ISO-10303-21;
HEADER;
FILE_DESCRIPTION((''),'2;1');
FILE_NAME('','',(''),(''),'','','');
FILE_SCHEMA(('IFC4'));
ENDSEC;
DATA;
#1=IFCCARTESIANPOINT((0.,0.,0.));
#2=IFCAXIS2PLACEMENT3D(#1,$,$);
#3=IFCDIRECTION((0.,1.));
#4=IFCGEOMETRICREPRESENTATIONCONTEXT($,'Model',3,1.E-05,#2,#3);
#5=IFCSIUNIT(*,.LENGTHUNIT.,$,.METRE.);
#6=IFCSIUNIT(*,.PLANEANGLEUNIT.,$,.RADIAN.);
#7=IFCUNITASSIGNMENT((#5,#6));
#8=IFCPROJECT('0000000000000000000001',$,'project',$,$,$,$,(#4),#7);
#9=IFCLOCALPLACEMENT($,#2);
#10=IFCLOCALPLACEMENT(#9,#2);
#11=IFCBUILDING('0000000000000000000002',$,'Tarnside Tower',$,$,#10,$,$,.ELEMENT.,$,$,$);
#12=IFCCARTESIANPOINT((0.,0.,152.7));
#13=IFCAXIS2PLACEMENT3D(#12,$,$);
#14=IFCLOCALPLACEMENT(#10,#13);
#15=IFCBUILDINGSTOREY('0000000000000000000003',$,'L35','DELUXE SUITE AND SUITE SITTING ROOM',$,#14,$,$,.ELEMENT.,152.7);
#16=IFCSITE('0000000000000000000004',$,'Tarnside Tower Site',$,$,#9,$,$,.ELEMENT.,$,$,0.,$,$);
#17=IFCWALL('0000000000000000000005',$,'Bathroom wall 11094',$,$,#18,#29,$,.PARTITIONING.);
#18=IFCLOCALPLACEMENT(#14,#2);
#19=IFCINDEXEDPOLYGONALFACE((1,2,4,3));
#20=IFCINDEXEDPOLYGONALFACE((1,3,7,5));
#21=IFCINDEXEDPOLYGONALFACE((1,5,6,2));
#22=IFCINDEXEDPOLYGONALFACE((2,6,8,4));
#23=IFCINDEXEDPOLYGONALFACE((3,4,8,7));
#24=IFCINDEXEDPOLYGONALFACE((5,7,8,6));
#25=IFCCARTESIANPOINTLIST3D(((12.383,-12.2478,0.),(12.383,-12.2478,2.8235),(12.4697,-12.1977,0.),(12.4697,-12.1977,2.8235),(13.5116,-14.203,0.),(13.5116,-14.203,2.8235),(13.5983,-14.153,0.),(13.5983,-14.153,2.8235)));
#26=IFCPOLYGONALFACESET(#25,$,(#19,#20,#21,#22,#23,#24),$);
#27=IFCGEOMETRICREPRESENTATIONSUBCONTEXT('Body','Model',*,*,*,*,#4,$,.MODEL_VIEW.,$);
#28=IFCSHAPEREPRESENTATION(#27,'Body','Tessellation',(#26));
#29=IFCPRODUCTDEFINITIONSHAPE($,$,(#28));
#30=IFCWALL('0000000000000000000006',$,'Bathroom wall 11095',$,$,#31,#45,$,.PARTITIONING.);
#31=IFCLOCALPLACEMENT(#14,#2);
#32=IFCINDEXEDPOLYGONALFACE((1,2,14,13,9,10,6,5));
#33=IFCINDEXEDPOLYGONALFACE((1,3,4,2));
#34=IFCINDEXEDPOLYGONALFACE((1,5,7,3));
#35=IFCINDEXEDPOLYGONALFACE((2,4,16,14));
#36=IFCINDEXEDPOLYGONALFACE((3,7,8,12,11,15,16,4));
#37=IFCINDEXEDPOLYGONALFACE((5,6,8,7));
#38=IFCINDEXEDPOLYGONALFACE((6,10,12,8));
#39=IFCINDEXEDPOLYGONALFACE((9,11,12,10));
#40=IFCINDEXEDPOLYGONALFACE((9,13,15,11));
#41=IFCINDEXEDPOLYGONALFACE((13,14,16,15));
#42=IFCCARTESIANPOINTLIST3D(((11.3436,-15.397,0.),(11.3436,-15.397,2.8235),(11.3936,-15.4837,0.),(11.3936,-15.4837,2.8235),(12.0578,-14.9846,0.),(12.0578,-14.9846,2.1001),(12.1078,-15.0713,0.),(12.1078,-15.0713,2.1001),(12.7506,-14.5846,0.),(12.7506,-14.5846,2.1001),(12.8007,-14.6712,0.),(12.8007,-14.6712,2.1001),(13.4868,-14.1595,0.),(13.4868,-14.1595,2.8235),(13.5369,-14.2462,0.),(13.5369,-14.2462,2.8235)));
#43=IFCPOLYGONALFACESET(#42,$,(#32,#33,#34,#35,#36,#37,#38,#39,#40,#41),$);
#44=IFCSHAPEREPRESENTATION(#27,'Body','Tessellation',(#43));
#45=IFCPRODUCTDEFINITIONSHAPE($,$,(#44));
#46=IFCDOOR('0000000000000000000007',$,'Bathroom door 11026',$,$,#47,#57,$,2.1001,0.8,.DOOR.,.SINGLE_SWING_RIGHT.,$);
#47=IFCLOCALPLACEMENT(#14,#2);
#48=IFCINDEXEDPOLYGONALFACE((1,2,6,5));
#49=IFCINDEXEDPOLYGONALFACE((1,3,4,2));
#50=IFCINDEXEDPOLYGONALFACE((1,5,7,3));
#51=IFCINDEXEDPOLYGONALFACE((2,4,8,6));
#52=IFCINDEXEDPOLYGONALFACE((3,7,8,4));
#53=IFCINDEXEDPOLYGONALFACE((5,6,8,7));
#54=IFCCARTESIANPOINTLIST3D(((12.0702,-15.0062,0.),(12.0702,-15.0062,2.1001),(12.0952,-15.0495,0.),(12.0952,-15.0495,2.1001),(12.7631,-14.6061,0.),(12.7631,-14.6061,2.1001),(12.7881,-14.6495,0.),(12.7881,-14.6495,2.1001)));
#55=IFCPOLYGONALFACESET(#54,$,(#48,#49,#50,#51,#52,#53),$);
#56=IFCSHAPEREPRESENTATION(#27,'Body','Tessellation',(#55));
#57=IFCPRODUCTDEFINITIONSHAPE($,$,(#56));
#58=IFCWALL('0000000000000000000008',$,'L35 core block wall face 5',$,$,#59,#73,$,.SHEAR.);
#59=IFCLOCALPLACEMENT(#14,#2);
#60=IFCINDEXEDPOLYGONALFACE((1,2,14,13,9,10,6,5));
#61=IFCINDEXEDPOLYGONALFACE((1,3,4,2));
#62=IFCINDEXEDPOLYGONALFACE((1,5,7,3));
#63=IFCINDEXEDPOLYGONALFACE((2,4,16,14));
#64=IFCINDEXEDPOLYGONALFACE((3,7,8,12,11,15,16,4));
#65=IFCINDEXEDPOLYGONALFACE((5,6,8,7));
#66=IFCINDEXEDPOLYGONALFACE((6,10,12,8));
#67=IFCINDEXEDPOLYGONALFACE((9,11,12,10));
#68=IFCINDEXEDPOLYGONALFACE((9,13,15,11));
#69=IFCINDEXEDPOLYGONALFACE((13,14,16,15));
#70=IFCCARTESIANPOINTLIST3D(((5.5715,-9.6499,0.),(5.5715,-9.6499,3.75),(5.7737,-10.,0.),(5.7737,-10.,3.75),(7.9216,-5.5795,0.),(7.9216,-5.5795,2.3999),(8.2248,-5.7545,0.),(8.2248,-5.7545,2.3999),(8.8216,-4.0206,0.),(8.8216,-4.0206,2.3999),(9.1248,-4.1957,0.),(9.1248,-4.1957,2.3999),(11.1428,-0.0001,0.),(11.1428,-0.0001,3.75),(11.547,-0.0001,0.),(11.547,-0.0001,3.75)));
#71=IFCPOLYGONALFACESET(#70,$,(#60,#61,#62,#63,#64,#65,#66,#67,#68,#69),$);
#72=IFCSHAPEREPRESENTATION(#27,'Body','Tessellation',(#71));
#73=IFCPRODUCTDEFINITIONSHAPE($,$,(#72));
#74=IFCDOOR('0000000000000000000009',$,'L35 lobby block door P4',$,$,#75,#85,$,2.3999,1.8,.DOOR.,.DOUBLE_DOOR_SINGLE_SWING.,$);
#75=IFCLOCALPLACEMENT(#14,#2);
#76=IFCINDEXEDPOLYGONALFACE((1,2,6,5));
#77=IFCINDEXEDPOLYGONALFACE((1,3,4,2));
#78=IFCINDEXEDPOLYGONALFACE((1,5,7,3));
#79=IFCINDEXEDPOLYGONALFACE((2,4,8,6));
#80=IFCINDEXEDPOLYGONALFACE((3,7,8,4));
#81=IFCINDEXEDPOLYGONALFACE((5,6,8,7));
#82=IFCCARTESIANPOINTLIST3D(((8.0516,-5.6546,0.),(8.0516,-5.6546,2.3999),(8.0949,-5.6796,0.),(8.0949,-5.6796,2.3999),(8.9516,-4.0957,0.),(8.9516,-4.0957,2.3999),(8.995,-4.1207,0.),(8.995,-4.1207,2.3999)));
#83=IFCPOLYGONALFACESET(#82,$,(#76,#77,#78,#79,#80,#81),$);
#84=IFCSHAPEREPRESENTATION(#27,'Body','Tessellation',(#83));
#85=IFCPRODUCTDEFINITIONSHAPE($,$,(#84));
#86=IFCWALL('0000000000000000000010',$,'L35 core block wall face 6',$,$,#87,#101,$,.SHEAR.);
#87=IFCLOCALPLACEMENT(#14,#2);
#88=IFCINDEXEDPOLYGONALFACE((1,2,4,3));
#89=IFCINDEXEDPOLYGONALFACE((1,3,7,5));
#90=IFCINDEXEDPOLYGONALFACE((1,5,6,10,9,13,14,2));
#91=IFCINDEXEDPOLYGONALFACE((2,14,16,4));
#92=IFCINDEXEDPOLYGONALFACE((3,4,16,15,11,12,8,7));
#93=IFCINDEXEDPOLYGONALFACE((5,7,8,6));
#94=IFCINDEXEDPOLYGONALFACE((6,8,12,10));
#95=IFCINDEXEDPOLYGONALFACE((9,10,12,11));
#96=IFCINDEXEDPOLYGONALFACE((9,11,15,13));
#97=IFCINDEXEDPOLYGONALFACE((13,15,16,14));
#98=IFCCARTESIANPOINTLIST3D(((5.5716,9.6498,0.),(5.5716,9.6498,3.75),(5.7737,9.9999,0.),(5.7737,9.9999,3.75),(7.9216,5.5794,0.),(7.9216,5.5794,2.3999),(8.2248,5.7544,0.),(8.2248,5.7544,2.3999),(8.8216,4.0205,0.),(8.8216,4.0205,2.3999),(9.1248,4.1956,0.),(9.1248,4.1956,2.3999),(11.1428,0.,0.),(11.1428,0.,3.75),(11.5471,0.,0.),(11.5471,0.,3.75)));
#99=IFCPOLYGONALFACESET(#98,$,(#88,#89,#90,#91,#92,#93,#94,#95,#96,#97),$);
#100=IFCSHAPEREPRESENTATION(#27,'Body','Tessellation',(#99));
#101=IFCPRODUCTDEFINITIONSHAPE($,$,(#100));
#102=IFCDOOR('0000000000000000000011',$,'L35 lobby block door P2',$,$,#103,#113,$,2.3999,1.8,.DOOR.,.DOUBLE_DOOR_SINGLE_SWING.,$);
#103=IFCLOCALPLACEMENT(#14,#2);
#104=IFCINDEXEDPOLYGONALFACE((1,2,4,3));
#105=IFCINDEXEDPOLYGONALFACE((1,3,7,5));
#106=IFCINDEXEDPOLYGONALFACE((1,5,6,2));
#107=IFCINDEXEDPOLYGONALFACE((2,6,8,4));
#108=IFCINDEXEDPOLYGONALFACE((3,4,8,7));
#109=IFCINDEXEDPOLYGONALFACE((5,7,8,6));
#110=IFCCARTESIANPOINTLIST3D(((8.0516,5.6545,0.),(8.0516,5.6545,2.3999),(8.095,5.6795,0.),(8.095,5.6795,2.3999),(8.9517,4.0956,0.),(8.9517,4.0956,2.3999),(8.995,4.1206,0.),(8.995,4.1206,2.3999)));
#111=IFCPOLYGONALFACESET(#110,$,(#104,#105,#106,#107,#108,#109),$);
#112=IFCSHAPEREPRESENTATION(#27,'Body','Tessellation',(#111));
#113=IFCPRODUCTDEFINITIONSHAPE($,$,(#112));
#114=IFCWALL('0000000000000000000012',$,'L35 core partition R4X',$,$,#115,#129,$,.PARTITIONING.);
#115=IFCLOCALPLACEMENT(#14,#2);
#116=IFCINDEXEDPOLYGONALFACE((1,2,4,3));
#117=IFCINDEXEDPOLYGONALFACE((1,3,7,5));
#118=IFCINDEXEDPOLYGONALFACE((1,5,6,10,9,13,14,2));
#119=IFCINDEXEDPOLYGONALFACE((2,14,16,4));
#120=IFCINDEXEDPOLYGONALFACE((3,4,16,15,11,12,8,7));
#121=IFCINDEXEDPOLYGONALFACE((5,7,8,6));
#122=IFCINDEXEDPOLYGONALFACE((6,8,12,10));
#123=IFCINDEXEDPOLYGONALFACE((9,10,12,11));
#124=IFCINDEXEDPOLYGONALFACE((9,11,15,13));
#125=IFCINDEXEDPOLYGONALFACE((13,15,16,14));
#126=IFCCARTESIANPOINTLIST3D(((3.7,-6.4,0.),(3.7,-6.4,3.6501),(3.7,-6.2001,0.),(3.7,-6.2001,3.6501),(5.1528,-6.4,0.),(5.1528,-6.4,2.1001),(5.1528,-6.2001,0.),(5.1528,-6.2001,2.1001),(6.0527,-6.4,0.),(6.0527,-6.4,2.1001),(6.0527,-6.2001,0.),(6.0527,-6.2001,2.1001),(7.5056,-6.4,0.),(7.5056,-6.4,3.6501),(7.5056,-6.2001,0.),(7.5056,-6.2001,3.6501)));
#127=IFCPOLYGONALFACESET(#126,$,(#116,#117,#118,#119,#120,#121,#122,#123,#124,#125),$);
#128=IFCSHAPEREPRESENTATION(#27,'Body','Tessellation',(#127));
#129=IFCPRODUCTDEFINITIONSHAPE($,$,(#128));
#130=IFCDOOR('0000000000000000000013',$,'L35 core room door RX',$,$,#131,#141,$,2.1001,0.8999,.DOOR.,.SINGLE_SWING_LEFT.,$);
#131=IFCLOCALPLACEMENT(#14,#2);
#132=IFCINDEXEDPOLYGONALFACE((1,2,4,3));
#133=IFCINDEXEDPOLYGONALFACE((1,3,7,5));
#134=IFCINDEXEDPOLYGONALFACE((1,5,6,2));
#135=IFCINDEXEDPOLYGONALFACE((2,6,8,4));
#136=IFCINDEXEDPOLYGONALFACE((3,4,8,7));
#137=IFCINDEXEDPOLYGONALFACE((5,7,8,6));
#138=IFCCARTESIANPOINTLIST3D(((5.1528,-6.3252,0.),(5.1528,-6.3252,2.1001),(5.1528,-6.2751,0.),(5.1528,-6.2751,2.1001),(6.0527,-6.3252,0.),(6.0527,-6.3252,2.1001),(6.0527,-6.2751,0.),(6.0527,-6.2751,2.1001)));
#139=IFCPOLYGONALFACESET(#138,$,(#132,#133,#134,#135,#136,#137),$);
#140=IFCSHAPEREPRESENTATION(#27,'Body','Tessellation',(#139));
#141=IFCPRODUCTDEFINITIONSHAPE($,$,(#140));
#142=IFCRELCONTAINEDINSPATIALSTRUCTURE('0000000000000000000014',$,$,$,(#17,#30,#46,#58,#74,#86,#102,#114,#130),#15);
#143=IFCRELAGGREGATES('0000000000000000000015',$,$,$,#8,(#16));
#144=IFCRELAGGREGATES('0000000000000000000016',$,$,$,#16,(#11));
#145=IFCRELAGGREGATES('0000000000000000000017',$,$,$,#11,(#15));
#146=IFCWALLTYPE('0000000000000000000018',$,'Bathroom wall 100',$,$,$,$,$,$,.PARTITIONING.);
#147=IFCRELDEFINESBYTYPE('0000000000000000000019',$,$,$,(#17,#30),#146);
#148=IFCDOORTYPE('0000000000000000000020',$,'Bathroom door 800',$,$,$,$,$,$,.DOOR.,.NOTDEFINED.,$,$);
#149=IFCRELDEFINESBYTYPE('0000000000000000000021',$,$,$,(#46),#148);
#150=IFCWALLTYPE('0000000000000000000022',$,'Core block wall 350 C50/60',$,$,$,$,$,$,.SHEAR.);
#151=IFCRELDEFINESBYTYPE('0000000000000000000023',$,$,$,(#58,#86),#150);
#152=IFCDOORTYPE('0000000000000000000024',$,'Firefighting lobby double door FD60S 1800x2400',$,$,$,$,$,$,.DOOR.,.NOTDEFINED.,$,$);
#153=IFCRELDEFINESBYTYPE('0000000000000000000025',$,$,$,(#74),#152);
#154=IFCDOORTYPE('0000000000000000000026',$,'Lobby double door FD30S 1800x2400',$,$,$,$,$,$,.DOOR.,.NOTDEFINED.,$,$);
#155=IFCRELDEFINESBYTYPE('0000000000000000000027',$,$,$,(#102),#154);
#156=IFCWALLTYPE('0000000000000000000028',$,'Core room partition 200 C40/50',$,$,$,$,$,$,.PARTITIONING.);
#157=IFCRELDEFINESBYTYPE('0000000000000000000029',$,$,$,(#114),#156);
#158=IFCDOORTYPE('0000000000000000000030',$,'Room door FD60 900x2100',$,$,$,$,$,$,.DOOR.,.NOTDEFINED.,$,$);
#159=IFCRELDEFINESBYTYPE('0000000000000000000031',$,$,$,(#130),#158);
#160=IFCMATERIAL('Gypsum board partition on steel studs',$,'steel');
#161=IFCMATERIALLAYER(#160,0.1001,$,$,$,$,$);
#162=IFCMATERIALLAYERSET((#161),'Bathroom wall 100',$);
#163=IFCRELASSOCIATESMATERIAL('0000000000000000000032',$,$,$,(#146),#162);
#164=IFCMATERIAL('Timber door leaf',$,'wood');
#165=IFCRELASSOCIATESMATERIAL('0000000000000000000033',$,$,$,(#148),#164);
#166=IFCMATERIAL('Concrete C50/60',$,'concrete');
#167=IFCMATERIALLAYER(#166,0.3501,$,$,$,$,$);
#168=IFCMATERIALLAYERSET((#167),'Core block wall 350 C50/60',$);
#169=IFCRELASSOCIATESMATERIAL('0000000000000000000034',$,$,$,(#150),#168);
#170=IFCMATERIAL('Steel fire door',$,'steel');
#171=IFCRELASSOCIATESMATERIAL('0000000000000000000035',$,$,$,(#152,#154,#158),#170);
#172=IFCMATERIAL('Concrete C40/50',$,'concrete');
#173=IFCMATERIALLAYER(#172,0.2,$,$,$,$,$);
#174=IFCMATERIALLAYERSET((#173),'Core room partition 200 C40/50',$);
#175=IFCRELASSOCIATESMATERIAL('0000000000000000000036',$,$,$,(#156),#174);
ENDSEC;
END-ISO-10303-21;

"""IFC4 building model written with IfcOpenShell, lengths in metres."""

from ifc_helpers import new_model, si_unit, direction, frame, frame_2d, origin, place, context, subcontext, project, spatial, polyline, rectangle, outline, extrude, material, layer, layer_set, type_object, element, fill, save


model = new_model("IFC4")

# Units and contexts
model_context = context("Model", 3, precision=1e-05, world=origin(), true_north=direction((0.0, 1.0)))
body_context = subcontext(model_context, "Body", "Model", "MODEL_VIEW")
ifc_project = project(units=[si_unit("LENGTHUNIT", "METRE"), si_unit("PLANEANGLEUNIT", "RADIAN")], contexts=[model_context])

# Site, building, storey
site_placement = place(None, origin())
site = spatial("IfcSite", under=ifc_project, at=site_placement, Name="Tarnside Tower Site", CompositionType="ELEMENT", RefElevation=0.0)
building_placement = place(site_placement, origin())
building = spatial("IfcBuilding", under=site, at=building_placement, Name="Tarnside Tower", CompositionType="ELEMENT")
storey_placement = place(building_placement, frame((0.0, 0.0, 152.7)))
storey = spatial("IfcBuildingStorey", under=building, at=storey_placement, Name="L35", Description="DELUXE SUITE AND SUITE SITTING ROOM", CompositionType="ELEMENT", Elevation=152.7)

# Wall
ifc_material_1 = material(Name="Gypsum board partition on steel studs", Category="steel")
ifc_layer_1 = layer(ifc_material_1, 0.1001)
ifc_layer_set_1 = layer_set([ifc_layer_1], Name="Bathroom wall 100")
wall_type_1 = type_object("IfcWallType", Name="Bathroom wall 100", PredefinedType="PARTITIONING", material=ifc_layer_set_1)
wall_1_placement = place(storey_placement, frame((12.4263, -12.2227, 0.0), z_axis=(0.0, 0.0, 1.0), x_axis=(0.499919, -0.866072, 0.0)))
element("IfcWall", 1, at=wall_1_placement, inside=storey, type_object=wall_type_1, Name="Bathroom wall 11094", PredefinedType="PARTITIONING", context=body_context, shape_type="SweptSolid", body=[
    extrude(rectangle(XDim=2.2576, YDim=0.1001, at=frame_2d((1.1289, 0.0))), origin(), (0.0, 0.0, 1.0), 2.8235),
])

# Walls, openings, doors
wall_2_placement = place(storey_placement, frame((13.5117, -14.2029, 0.0), z_axis=(0.0, 0.0, 1.0), x_axis=(-0.866007, -0.500033, 0.0)))
wall_2 = element("IfcWall", 2, at=wall_2_placement, inside=storey, type_object=wall_type_1, Name="Bathroom wall 11095", PredefinedType="PARTITIONING", context=body_context, shape_type="SweptSolid", body=[
    extrude(rectangle(XDim=2.4749, YDim=0.1001, at=frame_2d((1.2373, 0.0))), origin(), (0.0, 0.0, 1.0), 2.8235),
])
opening_1_placement = place(wall_2_placement, frame((0.8501, 0.0, 0.0)))
opening_1 = element("IfcOpeningElement", 3, at=opening_1_placement, cuts=wall_2, PredefinedType="OPENING", context=body_context, shape_type="SweptSolid", body=[
    extrude(rectangle(XDim=0.8, YDim=2.1001, at=frame_2d((0.3999, 1.05))), frame((0.0, 0.0601, 0.0), z_axis=(0.0, -1.0, 0.0), x_axis=(1.0, 0.0, 0.0)), (0.0, 0.0, 1.0), 0.1201),
])
ifc_material_2 = material(Name="Timber door leaf", Category="wood")
door_type_1 = type_object("IfcDoorType", Name="Bathroom door 800", OperationType="NOTDEFINED", PredefinedType="DOOR", material=ifc_material_2)
door_1_placement = place(opening_1_placement, origin())
door_1 = element("IfcDoor", 4, at=door_1_placement, inside=storey, type_object=door_type_1, Name="Bathroom door 11026", OperationType="SINGLE_SWING_RIGHT", OverallHeight=2.1001, OverallWidth=0.8, PredefinedType="DOOR", context=body_context, shape_type="SweptSolid", body=[
    extrude(rectangle(XDim=0.8, YDim=2.1001, at=frame_2d((0.3999, 1.05))), frame((0.0, 0.0249, 0.0), z_axis=(0.0, -1.0, 0.0), x_axis=(1.0, 0.0, 0.0)), (0.0, 0.0, 1.0), 0.05),
])
fill(opening_1, door_1)
ifc_material_3 = material(Name="Concrete C50/60", Category="concrete")
ifc_layer_2 = layer(ifc_material_3, 0.3501)
ifc_layer_set_2 = layer_set([ifc_layer_2], Name="Core block wall 350 C50/60")
wall_type_2 = type_object("IfcWallType", Name="Core block wall 350 C50/60", PredefinedType="SHEAR", material=ifc_layer_set_2)
wall_3_placement = place(storey_placement, frame((5.6726, -9.825, 0.0), z_axis=(0.0, 0.0, 1.0), x_axis=(0.499995, 0.866028, 0.0)))
wall_3 = element("IfcWall", 5, at=wall_3_placement, inside=storey, type_object=wall_type_2, Name="L35 core block wall face 5", PredefinedType="SHEAR", context=body_context, shape_type="SweptSolid", body=[
    extrude(outline(polyline([(-0.1011, -0.175), (11.4458, -0.175), (11.2437, 0.175), (0.1011, 0.175), (-0.1011, -0.175)])), origin(), (0.0, 0.0, 1.0), 3.75),
])
opening_2_placement = place(wall_3_placement, frame((4.8013, 0.0, 0.0)))
opening_2 = element("IfcOpeningElement", 6, at=opening_2_placement, cuts=wall_3, PredefinedType="OPENING", context=body_context, shape_type="SweptSolid", body=[
    extrude(rectangle(XDim=1.8, YDim=2.3999, at=frame_2d((0.8999, 1.2))), frame((0.0, 0.1851, 0.0), z_axis=(0.0, -1.0, 0.0), x_axis=(1.0, 0.0, 0.0)), (0.0, 0.0, 1.0), 0.3701),
])
ifc_material_4 = material(Name="Steel fire door", Category="steel")
door_type_2 = type_object("IfcDoorType", Name="Firefighting lobby double door FD60S 1800x2400", OperationType="NOTDEFINED", PredefinedType="DOOR", material=ifc_material_4)
door_2_placement = place(opening_2_placement, origin())
door_2 = element("IfcDoor", 7, at=door_2_placement, inside=storey, type_object=door_type_2, Name="L35 lobby block door P4", OperationType="DOUBLE_DOOR_SINGLE_SWING", OverallHeight=2.3999, OverallWidth=1.8, PredefinedType="DOOR", context=body_context, shape_type="SweptSolid", body=[
    extrude(rectangle(XDim=1.8, YDim=2.3999, at=frame_2d((0.8999, 1.2))), frame((0.0, 0.0249, 0.0), z_axis=(0.0, -1.0, 0.0), x_axis=(1.0, 0.0, 0.0)), (0.0, 0.0, 1.0), 0.05),
])
fill(opening_2, door_2)
wall_4_placement = place(storey_placement, frame((11.345, 0.0, 0.0), z_axis=(0.0, 0.0, 1.0), x_axis=(-0.499995, 0.866028, 0.0)))
wall_4 = element("IfcWall", 8, at=wall_4_placement, inside=storey, type_object=wall_type_2, Name="L35 core block wall face 6", PredefinedType="SHEAR", context=body_context, shape_type="SweptSolid", body=[
    extrude(outline(polyline([(-0.1011, -0.175), (11.4458, -0.175), (11.2437, 0.175), (0.1011, 0.175), (-0.1011, -0.175)])), origin(), (0.0, 0.0, 1.0), 3.75),
])
opening_3_placement = place(wall_4_placement, frame((4.7437, 0.0, 0.0)))
opening_3 = element("IfcOpeningElement", 9, at=opening_3_placement, cuts=wall_4, PredefinedType="OPENING", context=body_context, shape_type="SweptSolid", body=[
    extrude(rectangle(XDim=1.8, YDim=2.3999, at=frame_2d((0.8999, 1.2))), frame((0.0, 0.1851, 0.0), z_axis=(0.0, -1.0, 0.0), x_axis=(1.0, 0.0, 0.0)), (0.0, 0.0, 1.0), 0.3701),
])
door_type_3 = type_object("IfcDoorType", Name="Lobby double door FD30S 1800x2400", OperationType="NOTDEFINED", PredefinedType="DOOR", material=ifc_material_4)
door_3_placement = place(opening_3_placement, origin())
door_3 = element("IfcDoor", 10, at=door_3_placement, inside=storey, type_object=door_type_3, Name="L35 lobby block door P2", OperationType="DOUBLE_DOOR_SINGLE_SWING", OverallHeight=2.3999, OverallWidth=1.8, PredefinedType="DOOR", context=body_context, shape_type="SweptSolid", body=[
    extrude(rectangle(XDim=1.8, YDim=2.3999, at=frame_2d((0.8999, 1.2))), frame((0.0, 0.0249, 0.0), z_axis=(0.0, -1.0, 0.0), x_axis=(1.0, 0.0, 0.0)), (0.0, 0.0, 1.0), 0.05),
])
fill(opening_3, door_3)
ifc_material_5 = material(Name="Concrete C40/50", Category="concrete")
ifc_layer_3 = layer(ifc_material_5, 0.2)
ifc_layer_set_3 = layer_set([ifc_layer_3], Name="Core room partition 200 C40/50")
wall_type_3 = type_object("IfcWallType", Name="Core room partition 200 C40/50", PredefinedType="PARTITIONING", material=ifc_layer_set_3)
wall_5_placement = place(storey_placement, frame((3.7, -6.3, 0.0), z_axis=(0.0, 0.0, 1.0), x_axis=(1.0, 0.0, 0.0)))
wall_5 = element("IfcWall", 11, at=wall_5_placement, inside=storey, type_object=wall_type_3, Name="L35 core partition R4X", PredefinedType="PARTITIONING", context=body_context, shape_type="SweptSolid", body=[
    extrude(rectangle(XDim=3.8057, YDim=0.2, at=frame_2d((1.9028, 0.0))), origin(), (0.0, 0.0, 1.0), 3.6501),
])
opening_4_placement = place(wall_5_placement, frame((1.4529, 0.0, 0.0)))
opening_4 = element("IfcOpeningElement", 12, at=opening_4_placement, cuts=wall_5, PredefinedType="OPENING", context=body_context, shape_type="SweptSolid", body=[
    extrude(rectangle(XDim=0.8999, YDim=2.1001, at=frame_2d((0.45, 1.05))), frame((0.0, 0.1099, 0.0), z_axis=(0.0, -1.0, 0.0), x_axis=(1.0, 0.0, 0.0)), (0.0, 0.0, 1.0), 0.22),
])
door_type_4 = type_object("IfcDoorType", Name="Room door FD60 900x2100", OperationType="NOTDEFINED", PredefinedType="DOOR", material=ifc_material_4)
door_4_placement = place(opening_4_placement, origin())
door_4 = element("IfcDoor", 13, at=door_4_placement, inside=storey, type_object=door_type_4, Name="L35 core room door RX", OperationType="SINGLE_SWING_LEFT", OverallHeight=2.1001, OverallWidth=0.8999, PredefinedType="DOOR", context=body_context, shape_type="SweptSolid", body=[
    extrude(rectangle(XDim=0.8999, YDim=2.1001, at=frame_2d((0.45, 1.05))), frame((0.0, 0.0249, 0.0), z_axis=(0.0, -1.0, 0.0), x_axis=(1.0, 0.0, 0.0)), (0.0, 0.0, 1.0), 0.05),
])
fill(opening_4, door_4)

save(model, "model.ifc")
